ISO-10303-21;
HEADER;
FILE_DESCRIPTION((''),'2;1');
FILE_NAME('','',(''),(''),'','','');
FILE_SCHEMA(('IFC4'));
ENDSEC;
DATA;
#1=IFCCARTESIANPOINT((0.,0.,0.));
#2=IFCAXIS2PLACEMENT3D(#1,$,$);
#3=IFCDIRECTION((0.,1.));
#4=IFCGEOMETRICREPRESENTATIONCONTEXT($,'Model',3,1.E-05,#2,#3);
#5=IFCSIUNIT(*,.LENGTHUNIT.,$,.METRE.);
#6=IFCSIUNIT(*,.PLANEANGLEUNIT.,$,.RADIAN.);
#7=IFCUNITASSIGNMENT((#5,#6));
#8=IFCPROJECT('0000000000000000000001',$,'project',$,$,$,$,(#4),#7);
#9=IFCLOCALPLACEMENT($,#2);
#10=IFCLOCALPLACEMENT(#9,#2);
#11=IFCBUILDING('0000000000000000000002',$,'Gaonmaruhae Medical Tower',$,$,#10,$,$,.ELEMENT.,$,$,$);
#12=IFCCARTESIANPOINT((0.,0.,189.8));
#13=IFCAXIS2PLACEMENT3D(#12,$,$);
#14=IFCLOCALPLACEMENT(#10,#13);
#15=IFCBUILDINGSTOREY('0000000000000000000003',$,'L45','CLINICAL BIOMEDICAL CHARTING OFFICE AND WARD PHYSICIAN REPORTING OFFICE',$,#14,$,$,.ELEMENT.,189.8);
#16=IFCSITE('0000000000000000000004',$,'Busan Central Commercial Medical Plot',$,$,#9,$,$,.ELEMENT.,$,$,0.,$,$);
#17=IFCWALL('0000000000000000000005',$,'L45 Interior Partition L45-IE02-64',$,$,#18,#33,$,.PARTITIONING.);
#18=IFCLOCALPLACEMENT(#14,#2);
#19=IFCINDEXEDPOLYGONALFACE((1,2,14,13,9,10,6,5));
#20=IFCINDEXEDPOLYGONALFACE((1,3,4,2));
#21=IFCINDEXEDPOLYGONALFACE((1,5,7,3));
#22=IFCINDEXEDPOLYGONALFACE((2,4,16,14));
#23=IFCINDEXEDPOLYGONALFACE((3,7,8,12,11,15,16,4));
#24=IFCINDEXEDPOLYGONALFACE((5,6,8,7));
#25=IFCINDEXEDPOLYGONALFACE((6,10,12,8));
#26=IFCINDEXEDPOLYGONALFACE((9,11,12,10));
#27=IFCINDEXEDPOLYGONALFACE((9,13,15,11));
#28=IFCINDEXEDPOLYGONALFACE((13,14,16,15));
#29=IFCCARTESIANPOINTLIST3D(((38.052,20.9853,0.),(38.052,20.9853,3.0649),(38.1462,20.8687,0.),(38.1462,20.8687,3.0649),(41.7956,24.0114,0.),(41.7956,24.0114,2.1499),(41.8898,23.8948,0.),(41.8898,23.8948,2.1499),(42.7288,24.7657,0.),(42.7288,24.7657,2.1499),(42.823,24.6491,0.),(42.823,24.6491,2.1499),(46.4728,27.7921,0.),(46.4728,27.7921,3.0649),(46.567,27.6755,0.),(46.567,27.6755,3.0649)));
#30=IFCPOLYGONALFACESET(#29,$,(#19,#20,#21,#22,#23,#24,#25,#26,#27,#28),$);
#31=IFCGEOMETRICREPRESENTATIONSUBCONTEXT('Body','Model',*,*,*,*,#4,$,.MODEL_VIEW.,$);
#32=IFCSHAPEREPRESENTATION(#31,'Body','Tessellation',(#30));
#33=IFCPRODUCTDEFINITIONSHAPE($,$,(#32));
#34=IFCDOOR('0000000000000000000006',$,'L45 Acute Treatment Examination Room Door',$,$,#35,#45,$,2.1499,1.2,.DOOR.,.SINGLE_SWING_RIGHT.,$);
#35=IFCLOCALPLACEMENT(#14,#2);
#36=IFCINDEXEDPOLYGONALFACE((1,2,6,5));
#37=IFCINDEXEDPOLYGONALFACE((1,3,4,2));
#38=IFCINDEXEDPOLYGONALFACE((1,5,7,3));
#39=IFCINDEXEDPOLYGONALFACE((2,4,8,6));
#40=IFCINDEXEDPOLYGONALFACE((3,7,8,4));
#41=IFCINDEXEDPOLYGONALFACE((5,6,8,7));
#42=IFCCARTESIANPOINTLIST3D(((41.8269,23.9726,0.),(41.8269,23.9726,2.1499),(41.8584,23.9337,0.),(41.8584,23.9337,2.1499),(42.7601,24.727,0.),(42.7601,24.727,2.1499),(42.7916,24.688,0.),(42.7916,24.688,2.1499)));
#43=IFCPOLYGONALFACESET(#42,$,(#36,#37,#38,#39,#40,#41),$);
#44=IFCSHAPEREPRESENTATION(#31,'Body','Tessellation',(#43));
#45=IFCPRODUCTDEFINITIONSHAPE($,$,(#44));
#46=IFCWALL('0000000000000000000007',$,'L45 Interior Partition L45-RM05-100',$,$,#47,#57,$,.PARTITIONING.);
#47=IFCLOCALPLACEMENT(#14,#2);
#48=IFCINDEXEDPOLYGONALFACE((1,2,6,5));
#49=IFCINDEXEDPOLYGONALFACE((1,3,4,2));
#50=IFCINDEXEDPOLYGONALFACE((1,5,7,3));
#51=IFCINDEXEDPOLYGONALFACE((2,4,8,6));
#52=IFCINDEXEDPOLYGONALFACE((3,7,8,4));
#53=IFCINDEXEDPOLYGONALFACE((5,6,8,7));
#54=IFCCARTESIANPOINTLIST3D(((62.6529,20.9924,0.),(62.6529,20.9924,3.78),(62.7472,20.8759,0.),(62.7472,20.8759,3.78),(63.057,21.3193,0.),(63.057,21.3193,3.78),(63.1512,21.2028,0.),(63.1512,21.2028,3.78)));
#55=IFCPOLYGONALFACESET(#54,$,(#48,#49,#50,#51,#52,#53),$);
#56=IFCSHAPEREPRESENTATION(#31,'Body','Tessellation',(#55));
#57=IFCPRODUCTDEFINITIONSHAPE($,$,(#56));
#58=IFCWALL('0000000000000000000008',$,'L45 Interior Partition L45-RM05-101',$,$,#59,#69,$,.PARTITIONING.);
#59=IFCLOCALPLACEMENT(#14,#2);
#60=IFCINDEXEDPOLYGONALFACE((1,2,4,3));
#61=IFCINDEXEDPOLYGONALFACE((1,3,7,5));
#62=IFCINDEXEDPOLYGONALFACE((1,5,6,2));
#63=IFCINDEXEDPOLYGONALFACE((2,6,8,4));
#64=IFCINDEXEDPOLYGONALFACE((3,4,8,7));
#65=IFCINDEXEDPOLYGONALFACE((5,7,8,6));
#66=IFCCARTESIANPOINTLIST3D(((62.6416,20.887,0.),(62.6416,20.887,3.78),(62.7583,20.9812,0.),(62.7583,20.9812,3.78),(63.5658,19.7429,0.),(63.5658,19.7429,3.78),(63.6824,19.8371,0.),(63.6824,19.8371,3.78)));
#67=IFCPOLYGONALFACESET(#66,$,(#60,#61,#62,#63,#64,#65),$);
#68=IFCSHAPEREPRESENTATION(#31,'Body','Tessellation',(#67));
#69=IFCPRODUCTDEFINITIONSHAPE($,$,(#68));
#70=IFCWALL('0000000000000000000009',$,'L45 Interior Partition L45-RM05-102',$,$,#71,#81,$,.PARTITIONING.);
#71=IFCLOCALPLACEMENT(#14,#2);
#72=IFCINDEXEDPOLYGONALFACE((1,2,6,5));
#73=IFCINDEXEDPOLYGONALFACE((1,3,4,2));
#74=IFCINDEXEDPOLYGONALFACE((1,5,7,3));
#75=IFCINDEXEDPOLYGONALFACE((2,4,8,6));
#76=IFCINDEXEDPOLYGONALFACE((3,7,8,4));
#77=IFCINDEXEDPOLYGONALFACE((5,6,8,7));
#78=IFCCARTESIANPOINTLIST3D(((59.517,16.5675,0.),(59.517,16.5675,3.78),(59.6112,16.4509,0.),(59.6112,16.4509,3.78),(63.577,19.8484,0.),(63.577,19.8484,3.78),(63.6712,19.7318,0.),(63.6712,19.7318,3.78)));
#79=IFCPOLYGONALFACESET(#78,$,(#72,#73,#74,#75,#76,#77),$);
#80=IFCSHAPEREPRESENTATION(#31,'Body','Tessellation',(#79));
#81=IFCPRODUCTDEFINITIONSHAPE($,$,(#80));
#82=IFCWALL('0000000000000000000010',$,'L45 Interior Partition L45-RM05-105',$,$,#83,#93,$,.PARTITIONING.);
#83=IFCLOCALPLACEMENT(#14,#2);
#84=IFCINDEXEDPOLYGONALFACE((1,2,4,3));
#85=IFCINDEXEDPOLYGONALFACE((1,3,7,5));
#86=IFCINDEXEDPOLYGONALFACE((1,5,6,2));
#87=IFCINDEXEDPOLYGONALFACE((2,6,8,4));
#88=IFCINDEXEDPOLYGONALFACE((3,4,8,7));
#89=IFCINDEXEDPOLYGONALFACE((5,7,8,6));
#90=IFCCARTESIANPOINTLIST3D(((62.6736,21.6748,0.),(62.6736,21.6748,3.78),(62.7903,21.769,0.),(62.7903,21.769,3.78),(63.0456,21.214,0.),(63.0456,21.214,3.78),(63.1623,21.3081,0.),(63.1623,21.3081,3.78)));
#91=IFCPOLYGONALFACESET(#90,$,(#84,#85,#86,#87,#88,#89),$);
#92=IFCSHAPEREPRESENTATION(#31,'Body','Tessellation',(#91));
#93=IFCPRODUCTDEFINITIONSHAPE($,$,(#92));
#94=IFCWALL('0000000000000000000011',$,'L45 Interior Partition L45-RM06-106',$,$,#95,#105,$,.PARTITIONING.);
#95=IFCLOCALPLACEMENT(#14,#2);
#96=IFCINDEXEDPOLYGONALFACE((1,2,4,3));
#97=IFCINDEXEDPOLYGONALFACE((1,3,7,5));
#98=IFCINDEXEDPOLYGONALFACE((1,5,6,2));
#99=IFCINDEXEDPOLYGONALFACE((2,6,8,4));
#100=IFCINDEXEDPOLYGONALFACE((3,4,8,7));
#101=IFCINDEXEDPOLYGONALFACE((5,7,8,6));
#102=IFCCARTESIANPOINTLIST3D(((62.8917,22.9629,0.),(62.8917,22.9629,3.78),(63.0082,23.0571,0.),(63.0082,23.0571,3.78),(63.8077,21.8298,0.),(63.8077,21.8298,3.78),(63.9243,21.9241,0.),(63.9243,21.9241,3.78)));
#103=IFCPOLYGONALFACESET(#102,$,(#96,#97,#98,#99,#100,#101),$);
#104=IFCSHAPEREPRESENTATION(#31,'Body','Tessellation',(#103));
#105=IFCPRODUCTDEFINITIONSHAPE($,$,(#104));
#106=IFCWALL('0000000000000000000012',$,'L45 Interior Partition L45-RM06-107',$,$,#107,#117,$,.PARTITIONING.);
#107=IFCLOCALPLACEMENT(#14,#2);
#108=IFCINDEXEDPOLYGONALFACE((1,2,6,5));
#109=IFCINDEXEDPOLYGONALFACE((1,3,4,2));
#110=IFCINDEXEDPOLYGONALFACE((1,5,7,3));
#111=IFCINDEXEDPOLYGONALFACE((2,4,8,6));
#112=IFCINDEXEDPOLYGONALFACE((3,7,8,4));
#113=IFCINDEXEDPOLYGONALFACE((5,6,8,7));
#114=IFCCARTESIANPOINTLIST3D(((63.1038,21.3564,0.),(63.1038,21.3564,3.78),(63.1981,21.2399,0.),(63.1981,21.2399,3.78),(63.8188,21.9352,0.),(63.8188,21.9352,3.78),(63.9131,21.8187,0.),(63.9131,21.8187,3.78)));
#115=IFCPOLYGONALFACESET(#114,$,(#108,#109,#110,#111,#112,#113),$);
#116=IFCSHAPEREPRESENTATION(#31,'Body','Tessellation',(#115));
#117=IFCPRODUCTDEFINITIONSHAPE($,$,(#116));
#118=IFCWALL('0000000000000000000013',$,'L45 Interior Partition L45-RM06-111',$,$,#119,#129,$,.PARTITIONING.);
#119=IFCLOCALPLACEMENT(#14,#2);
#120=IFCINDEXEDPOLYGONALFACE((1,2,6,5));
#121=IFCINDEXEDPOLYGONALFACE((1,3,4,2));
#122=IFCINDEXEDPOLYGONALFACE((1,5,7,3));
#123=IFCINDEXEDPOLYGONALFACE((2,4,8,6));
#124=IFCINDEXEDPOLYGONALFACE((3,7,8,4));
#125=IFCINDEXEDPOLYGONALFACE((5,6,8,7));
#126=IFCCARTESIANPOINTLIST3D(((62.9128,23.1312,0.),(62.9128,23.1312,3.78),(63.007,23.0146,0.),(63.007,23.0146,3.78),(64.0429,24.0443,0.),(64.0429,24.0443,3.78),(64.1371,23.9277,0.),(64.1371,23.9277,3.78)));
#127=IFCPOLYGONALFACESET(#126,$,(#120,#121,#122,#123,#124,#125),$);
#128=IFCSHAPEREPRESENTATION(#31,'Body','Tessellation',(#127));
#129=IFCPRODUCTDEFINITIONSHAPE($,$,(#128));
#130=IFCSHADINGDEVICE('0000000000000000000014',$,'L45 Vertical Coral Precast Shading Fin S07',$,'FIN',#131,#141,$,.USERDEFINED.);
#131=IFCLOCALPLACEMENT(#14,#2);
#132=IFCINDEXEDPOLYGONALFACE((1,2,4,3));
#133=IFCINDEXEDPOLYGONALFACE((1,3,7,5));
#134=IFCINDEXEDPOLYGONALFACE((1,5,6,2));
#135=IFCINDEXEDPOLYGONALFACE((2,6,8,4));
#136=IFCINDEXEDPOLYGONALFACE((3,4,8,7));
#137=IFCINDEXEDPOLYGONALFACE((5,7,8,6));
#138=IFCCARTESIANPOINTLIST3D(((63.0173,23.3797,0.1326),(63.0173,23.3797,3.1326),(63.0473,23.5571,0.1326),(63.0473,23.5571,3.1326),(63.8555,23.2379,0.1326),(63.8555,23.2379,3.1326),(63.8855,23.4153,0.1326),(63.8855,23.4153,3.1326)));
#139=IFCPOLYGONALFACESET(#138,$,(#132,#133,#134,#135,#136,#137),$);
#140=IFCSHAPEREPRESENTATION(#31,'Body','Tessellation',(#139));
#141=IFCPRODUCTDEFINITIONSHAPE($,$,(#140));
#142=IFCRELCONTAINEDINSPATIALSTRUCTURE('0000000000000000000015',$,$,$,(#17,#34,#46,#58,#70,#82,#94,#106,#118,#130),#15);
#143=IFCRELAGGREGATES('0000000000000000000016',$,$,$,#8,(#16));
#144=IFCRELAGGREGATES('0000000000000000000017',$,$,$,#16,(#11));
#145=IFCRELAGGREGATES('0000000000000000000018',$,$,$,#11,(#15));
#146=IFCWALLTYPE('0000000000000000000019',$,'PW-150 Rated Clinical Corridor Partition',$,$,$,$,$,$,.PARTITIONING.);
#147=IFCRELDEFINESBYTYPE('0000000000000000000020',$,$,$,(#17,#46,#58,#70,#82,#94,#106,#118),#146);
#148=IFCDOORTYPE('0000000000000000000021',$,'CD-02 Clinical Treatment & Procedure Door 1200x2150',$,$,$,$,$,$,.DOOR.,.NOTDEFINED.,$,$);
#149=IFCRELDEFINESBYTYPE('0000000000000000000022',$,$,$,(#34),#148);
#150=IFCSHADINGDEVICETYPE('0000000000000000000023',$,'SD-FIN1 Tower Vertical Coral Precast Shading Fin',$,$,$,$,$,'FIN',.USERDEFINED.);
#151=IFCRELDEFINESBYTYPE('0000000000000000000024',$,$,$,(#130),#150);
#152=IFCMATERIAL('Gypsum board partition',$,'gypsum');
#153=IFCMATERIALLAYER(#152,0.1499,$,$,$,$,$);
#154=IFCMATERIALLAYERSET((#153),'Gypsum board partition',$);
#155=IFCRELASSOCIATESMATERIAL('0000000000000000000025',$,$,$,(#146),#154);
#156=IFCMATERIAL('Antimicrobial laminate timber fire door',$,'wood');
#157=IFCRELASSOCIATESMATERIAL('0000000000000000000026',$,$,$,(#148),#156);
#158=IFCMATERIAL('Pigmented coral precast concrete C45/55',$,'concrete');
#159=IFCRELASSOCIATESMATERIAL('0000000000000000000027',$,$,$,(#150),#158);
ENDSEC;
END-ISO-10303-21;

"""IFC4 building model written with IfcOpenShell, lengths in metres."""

from ifc_helpers import new_model, si_unit, direction, frame, frame_2d, origin, origin_2d, place, context, subcontext, project, spatial, rectangle, extrude, material, layer, layer_set, type_object, element, fill, save


model = new_model("IFC4")

# Units and contexts
model_context = context("Model", 3, precision=1e-05, world=origin(), true_north=direction((0.0, 1.0)))
body_context = subcontext(model_context, "Body", "Model", "MODEL_VIEW")
ifc_project = project(units=[si_unit("LENGTHUNIT", "METRE"), si_unit("PLANEANGLEUNIT", "RADIAN")], contexts=[model_context])

# Site, building, storey
site_placement = place(None, origin())
site = spatial("IfcSite", under=ifc_project, at=site_placement, Name="Busan Central Commercial Medical Plot", CompositionType="ELEMENT", RefElevation=0.0)
building_placement = place(site_placement, origin())
building = spatial("IfcBuilding", under=site, at=building_placement, Name="Gaonmaruhae Medical Tower", CompositionType="ELEMENT")
storey_placement = place(building_placement, frame((0.0, 0.0, 189.8)))
storey = spatial("IfcBuildingStorey", under=building, at=storey_placement, Name="L45", Description="CLINICAL BIOMEDICAL CHARTING OFFICE AND WARD PHYSICIAN REPORTING OFFICE", CompositionType="ELEMENT", Elevation=189.8)

# Shared definitions
ifc_material_1 = material(Name="Gypsum board partition", Category="gypsum")
ifc_layer_1 = layer(ifc_material_1, 0.1499)
ifc_layer_set_1 = layer_set([ifc_layer_1], Name="Gypsum board partition")
wall_type_1 = type_object("IfcWallType", Name="PW-150 Rated Clinical Corridor Partition", PredefinedType="PARTITIONING", material=ifc_layer_set_1)

# Shared definitions
ifc_material_2 = material(Name="Antimicrobial laminate timber fire door", Category="wood")
door_type = type_object("IfcDoorType", Name="CD-02 Clinical Treatment & Procedure Door 1200x2150", OperationType="NOTDEFINED", PredefinedType="DOOR", material=ifc_material_2)

# Wall, opening, door
wall_1_placement = place(storey_placement, frame((46.52, 27.7339, 0.0), z_axis=(0.0, 0.0, 1.0), x_axis=(-0.777698, -0.628638, 0.0)))
wall_1 = element("IfcWall", 1, at=wall_1_placement, inside=storey, type_object=wall_type_1, Name="L45 Interior Partition L45-IE02-64", PredefinedType="PARTITIONING", context=body_context, shape_type="SweptSolid", body=[
    extrude(rectangle(XDim=10.8279, YDim=0.1499, at=frame_2d((5.4141, 0.0))), origin(), (0.0, 0.0, 1.0), 3.0649),
])
opening_1_placement = place(wall_1_placement, frame((4.8142, 0.0, 0.0)))
opening_1 = element("IfcOpeningElement", 2, at=opening_1_placement, cuts=wall_1, PredefinedType="OPENING", context=body_context, shape_type="SweptSolid", body=[
    extrude(rectangle(XDim=1.2, YDim=2.1499, at=frame_2d((0.6001, 1.075))), frame((0.0, 0.085, 0.0), z_axis=(0.0, -1.0, 0.0), x_axis=(1.0, 0.0, 0.0)), (0.0, 0.0, 1.0), 0.1699),
])
door_1_placement = place(opening_1_placement, origin())
door_1 = element("IfcDoor", 3, at=door_1_placement, inside=storey, type_object=door_type, Name="L45 Acute Treatment Examination Room Door", OperationType="SINGLE_SWING_RIGHT", OverallHeight=2.1499, OverallWidth=1.2, PredefinedType="DOOR", context=body_context, shape_type="SweptSolid", body=[
    extrude(rectangle(XDim=1.2, YDim=2.1499, at=frame_2d((0.6001, 1.075))), frame((0.0, 0.0249, 0.0), z_axis=(0.0, -1.0, 0.0), x_axis=(1.0, 0.0, 0.0)), (0.0, 0.0, 1.0), 0.05),
])
fill(opening_1, door_1)

# Walls
wall_2_placement = place(storey_placement, frame((63.104, 21.261, 0.0), z_axis=(0.0, 0.0, 1.0), x_axis=(-0.77742, -0.628982, 0.0)))
element("IfcWall", 4, at=wall_2_placement, inside=storey, type_object=wall_type_1, Name="L45 Interior Partition L45-RM05-100", PredefinedType="PARTITIONING", context=body_context, shape_type="SweptSolid", body=[
    extrude(rectangle(XDim=0.5198, YDim=0.1499, at=frame_2d((0.2598, 0.0))), origin(), (0.0, 0.0, 1.0), 3.78),
])
wall_3_placement = place(storey_placement, frame((62.7, 20.9341, 0.0), z_axis=(0.0, 0.0, 1.0), x_axis=(0.628353, -0.777929, 0.0)))
element("IfcWall", 5, at=wall_3_placement, inside=storey, type_object=wall_type_1, Name="L45 Interior Partition L45-RM05-101", PredefinedType="PARTITIONING", context=body_context, shape_type="SweptSolid", body=[
    extrude(rectangle(XDim=1.4707, YDim=0.1499, at=frame_2d((0.7354, 0.0))), origin(), (0.0, 0.0, 1.0), 3.78),
])
wall_4_placement = place(storey_placement, frame((63.624, 19.79, 0.0), z_axis=(0.0, 0.0, 1.0), x_axis=(-0.777779, -0.628537, 0.0)))
element("IfcWall", 6, at=wall_4_placement, inside=storey, type_object=wall_type_1, Name="L45 Interior Partition L45-RM05-102", PredefinedType="PARTITIONING", context=body_context, shape_type="SweptSolid", body=[
    extrude(rectangle(XDim=5.22, YDim=0.1499, at=frame_2d((2.6099, 0.0))), origin(), (0.0, 0.0, 1.0), 3.78),
])
wall_5_placement = place(storey_placement, frame((62.7319, 21.7219, 0.0), z_axis=(0.0, 0.0, 1.0), x_axis=(0.628107, -0.778127, 0.0)))
element("IfcWall", 7, at=wall_5_placement, inside=storey, type_object=wall_type_1, Name="L45 Interior Partition L45-RM05-105", PredefinedType="PARTITIONING", context=body_context, shape_type="SweptSolid", body=[
    extrude(rectangle(XDim=0.5923, YDim=0.1499, at=frame_2d((0.2961, 0.0))), origin(), (0.0, 0.0, 1.0), 3.78),
])
wall_6_placement = place(storey_placement, frame((62.95, 23.01, 0.0), z_axis=(0.0, 0.0, 1.0), x_axis=(0.628692, -0.777654, 0.0)))
element("IfcWall", 8, at=wall_6_placement, inside=storey, type_object=wall_type_1, Name="L45 Interior Partition L45-RM06-106", PredefinedType="PARTITIONING", context=body_context, shape_type="SweptSolid", body=[
    extrude(rectangle(XDim=1.457, YDim=0.1499, at=frame_2d((0.7285, 0.0))), origin(), (0.0, 0.0, 1.0), 3.78),
])
wall_7_placement = place(storey_placement, frame((63.866, 21.877, 0.0), z_axis=(0.0, 0.0, 1.0), x_axis=(-0.777257, -0.629183, 0.0)))
element("IfcWall", 9, at=wall_7_placement, inside=storey, type_object=wall_type_1, Name="L45 Interior Partition L45-RM06-107", PredefinedType="PARTITIONING", context=body_context, shape_type="SweptSolid", body=[
    extrude(rectangle(XDim=0.9199, YDim=0.1499, at=frame_2d((0.46, 0.0))), origin(), (0.0, 0.0, 1.0), 3.78),
])
wall_8_placement = place(storey_placement, frame((64.0901, 23.9861, 0.0), z_axis=(0.0, 0.0, 1.0), x_axis=(-0.777843, -0.628458, 0.0)))
element("IfcWall", 10, at=wall_8_placement, inside=storey, type_object=wall_type_1, Name="L45 Interior Partition L45-RM06-111", PredefinedType="PARTITIONING", context=body_context, shape_type="SweptSolid", body=[
    extrude(rectangle(XDim=1.4529, YDim=0.1499, at=frame_2d((0.7266, 0.0))), origin(), (0.0, 0.0, 1.0), 3.78),
])

# Shading device
ifc_material_3 = material(Name="Pigmented coral precast concrete C45/55", Category="concrete")
shading_device_type = type_object("IfcShadingDeviceType", Name="SD-FIN1 Tower Vertical Coral Precast Shading Fin", ElementType="FIN", PredefinedType="USERDEFINED", material=ifc_material_3)
shading_device_placement = place(storey_placement, frame((63.4514, 23.3975, 0.1326), z_axis=(0.0, 0.0, 1.0), x_axis=(-0.166803, -0.98599, 0.0)))
element("IfcShadingDevice", 11, at=shading_device_placement, inside=storey, type_object=shading_device_type, Name="L45 Vertical Coral Precast Shading Fin S07", ObjectType="FIN", PredefinedType="USERDEFINED", context=body_context, shape_type="SweptSolid", body=[
    extrude(rectangle(XDim=0.1799, YDim=0.8501, at=origin_2d()), origin(), (0.0, 0.0, 1.0), 3.0),
])

save(model, "model.ifc")
